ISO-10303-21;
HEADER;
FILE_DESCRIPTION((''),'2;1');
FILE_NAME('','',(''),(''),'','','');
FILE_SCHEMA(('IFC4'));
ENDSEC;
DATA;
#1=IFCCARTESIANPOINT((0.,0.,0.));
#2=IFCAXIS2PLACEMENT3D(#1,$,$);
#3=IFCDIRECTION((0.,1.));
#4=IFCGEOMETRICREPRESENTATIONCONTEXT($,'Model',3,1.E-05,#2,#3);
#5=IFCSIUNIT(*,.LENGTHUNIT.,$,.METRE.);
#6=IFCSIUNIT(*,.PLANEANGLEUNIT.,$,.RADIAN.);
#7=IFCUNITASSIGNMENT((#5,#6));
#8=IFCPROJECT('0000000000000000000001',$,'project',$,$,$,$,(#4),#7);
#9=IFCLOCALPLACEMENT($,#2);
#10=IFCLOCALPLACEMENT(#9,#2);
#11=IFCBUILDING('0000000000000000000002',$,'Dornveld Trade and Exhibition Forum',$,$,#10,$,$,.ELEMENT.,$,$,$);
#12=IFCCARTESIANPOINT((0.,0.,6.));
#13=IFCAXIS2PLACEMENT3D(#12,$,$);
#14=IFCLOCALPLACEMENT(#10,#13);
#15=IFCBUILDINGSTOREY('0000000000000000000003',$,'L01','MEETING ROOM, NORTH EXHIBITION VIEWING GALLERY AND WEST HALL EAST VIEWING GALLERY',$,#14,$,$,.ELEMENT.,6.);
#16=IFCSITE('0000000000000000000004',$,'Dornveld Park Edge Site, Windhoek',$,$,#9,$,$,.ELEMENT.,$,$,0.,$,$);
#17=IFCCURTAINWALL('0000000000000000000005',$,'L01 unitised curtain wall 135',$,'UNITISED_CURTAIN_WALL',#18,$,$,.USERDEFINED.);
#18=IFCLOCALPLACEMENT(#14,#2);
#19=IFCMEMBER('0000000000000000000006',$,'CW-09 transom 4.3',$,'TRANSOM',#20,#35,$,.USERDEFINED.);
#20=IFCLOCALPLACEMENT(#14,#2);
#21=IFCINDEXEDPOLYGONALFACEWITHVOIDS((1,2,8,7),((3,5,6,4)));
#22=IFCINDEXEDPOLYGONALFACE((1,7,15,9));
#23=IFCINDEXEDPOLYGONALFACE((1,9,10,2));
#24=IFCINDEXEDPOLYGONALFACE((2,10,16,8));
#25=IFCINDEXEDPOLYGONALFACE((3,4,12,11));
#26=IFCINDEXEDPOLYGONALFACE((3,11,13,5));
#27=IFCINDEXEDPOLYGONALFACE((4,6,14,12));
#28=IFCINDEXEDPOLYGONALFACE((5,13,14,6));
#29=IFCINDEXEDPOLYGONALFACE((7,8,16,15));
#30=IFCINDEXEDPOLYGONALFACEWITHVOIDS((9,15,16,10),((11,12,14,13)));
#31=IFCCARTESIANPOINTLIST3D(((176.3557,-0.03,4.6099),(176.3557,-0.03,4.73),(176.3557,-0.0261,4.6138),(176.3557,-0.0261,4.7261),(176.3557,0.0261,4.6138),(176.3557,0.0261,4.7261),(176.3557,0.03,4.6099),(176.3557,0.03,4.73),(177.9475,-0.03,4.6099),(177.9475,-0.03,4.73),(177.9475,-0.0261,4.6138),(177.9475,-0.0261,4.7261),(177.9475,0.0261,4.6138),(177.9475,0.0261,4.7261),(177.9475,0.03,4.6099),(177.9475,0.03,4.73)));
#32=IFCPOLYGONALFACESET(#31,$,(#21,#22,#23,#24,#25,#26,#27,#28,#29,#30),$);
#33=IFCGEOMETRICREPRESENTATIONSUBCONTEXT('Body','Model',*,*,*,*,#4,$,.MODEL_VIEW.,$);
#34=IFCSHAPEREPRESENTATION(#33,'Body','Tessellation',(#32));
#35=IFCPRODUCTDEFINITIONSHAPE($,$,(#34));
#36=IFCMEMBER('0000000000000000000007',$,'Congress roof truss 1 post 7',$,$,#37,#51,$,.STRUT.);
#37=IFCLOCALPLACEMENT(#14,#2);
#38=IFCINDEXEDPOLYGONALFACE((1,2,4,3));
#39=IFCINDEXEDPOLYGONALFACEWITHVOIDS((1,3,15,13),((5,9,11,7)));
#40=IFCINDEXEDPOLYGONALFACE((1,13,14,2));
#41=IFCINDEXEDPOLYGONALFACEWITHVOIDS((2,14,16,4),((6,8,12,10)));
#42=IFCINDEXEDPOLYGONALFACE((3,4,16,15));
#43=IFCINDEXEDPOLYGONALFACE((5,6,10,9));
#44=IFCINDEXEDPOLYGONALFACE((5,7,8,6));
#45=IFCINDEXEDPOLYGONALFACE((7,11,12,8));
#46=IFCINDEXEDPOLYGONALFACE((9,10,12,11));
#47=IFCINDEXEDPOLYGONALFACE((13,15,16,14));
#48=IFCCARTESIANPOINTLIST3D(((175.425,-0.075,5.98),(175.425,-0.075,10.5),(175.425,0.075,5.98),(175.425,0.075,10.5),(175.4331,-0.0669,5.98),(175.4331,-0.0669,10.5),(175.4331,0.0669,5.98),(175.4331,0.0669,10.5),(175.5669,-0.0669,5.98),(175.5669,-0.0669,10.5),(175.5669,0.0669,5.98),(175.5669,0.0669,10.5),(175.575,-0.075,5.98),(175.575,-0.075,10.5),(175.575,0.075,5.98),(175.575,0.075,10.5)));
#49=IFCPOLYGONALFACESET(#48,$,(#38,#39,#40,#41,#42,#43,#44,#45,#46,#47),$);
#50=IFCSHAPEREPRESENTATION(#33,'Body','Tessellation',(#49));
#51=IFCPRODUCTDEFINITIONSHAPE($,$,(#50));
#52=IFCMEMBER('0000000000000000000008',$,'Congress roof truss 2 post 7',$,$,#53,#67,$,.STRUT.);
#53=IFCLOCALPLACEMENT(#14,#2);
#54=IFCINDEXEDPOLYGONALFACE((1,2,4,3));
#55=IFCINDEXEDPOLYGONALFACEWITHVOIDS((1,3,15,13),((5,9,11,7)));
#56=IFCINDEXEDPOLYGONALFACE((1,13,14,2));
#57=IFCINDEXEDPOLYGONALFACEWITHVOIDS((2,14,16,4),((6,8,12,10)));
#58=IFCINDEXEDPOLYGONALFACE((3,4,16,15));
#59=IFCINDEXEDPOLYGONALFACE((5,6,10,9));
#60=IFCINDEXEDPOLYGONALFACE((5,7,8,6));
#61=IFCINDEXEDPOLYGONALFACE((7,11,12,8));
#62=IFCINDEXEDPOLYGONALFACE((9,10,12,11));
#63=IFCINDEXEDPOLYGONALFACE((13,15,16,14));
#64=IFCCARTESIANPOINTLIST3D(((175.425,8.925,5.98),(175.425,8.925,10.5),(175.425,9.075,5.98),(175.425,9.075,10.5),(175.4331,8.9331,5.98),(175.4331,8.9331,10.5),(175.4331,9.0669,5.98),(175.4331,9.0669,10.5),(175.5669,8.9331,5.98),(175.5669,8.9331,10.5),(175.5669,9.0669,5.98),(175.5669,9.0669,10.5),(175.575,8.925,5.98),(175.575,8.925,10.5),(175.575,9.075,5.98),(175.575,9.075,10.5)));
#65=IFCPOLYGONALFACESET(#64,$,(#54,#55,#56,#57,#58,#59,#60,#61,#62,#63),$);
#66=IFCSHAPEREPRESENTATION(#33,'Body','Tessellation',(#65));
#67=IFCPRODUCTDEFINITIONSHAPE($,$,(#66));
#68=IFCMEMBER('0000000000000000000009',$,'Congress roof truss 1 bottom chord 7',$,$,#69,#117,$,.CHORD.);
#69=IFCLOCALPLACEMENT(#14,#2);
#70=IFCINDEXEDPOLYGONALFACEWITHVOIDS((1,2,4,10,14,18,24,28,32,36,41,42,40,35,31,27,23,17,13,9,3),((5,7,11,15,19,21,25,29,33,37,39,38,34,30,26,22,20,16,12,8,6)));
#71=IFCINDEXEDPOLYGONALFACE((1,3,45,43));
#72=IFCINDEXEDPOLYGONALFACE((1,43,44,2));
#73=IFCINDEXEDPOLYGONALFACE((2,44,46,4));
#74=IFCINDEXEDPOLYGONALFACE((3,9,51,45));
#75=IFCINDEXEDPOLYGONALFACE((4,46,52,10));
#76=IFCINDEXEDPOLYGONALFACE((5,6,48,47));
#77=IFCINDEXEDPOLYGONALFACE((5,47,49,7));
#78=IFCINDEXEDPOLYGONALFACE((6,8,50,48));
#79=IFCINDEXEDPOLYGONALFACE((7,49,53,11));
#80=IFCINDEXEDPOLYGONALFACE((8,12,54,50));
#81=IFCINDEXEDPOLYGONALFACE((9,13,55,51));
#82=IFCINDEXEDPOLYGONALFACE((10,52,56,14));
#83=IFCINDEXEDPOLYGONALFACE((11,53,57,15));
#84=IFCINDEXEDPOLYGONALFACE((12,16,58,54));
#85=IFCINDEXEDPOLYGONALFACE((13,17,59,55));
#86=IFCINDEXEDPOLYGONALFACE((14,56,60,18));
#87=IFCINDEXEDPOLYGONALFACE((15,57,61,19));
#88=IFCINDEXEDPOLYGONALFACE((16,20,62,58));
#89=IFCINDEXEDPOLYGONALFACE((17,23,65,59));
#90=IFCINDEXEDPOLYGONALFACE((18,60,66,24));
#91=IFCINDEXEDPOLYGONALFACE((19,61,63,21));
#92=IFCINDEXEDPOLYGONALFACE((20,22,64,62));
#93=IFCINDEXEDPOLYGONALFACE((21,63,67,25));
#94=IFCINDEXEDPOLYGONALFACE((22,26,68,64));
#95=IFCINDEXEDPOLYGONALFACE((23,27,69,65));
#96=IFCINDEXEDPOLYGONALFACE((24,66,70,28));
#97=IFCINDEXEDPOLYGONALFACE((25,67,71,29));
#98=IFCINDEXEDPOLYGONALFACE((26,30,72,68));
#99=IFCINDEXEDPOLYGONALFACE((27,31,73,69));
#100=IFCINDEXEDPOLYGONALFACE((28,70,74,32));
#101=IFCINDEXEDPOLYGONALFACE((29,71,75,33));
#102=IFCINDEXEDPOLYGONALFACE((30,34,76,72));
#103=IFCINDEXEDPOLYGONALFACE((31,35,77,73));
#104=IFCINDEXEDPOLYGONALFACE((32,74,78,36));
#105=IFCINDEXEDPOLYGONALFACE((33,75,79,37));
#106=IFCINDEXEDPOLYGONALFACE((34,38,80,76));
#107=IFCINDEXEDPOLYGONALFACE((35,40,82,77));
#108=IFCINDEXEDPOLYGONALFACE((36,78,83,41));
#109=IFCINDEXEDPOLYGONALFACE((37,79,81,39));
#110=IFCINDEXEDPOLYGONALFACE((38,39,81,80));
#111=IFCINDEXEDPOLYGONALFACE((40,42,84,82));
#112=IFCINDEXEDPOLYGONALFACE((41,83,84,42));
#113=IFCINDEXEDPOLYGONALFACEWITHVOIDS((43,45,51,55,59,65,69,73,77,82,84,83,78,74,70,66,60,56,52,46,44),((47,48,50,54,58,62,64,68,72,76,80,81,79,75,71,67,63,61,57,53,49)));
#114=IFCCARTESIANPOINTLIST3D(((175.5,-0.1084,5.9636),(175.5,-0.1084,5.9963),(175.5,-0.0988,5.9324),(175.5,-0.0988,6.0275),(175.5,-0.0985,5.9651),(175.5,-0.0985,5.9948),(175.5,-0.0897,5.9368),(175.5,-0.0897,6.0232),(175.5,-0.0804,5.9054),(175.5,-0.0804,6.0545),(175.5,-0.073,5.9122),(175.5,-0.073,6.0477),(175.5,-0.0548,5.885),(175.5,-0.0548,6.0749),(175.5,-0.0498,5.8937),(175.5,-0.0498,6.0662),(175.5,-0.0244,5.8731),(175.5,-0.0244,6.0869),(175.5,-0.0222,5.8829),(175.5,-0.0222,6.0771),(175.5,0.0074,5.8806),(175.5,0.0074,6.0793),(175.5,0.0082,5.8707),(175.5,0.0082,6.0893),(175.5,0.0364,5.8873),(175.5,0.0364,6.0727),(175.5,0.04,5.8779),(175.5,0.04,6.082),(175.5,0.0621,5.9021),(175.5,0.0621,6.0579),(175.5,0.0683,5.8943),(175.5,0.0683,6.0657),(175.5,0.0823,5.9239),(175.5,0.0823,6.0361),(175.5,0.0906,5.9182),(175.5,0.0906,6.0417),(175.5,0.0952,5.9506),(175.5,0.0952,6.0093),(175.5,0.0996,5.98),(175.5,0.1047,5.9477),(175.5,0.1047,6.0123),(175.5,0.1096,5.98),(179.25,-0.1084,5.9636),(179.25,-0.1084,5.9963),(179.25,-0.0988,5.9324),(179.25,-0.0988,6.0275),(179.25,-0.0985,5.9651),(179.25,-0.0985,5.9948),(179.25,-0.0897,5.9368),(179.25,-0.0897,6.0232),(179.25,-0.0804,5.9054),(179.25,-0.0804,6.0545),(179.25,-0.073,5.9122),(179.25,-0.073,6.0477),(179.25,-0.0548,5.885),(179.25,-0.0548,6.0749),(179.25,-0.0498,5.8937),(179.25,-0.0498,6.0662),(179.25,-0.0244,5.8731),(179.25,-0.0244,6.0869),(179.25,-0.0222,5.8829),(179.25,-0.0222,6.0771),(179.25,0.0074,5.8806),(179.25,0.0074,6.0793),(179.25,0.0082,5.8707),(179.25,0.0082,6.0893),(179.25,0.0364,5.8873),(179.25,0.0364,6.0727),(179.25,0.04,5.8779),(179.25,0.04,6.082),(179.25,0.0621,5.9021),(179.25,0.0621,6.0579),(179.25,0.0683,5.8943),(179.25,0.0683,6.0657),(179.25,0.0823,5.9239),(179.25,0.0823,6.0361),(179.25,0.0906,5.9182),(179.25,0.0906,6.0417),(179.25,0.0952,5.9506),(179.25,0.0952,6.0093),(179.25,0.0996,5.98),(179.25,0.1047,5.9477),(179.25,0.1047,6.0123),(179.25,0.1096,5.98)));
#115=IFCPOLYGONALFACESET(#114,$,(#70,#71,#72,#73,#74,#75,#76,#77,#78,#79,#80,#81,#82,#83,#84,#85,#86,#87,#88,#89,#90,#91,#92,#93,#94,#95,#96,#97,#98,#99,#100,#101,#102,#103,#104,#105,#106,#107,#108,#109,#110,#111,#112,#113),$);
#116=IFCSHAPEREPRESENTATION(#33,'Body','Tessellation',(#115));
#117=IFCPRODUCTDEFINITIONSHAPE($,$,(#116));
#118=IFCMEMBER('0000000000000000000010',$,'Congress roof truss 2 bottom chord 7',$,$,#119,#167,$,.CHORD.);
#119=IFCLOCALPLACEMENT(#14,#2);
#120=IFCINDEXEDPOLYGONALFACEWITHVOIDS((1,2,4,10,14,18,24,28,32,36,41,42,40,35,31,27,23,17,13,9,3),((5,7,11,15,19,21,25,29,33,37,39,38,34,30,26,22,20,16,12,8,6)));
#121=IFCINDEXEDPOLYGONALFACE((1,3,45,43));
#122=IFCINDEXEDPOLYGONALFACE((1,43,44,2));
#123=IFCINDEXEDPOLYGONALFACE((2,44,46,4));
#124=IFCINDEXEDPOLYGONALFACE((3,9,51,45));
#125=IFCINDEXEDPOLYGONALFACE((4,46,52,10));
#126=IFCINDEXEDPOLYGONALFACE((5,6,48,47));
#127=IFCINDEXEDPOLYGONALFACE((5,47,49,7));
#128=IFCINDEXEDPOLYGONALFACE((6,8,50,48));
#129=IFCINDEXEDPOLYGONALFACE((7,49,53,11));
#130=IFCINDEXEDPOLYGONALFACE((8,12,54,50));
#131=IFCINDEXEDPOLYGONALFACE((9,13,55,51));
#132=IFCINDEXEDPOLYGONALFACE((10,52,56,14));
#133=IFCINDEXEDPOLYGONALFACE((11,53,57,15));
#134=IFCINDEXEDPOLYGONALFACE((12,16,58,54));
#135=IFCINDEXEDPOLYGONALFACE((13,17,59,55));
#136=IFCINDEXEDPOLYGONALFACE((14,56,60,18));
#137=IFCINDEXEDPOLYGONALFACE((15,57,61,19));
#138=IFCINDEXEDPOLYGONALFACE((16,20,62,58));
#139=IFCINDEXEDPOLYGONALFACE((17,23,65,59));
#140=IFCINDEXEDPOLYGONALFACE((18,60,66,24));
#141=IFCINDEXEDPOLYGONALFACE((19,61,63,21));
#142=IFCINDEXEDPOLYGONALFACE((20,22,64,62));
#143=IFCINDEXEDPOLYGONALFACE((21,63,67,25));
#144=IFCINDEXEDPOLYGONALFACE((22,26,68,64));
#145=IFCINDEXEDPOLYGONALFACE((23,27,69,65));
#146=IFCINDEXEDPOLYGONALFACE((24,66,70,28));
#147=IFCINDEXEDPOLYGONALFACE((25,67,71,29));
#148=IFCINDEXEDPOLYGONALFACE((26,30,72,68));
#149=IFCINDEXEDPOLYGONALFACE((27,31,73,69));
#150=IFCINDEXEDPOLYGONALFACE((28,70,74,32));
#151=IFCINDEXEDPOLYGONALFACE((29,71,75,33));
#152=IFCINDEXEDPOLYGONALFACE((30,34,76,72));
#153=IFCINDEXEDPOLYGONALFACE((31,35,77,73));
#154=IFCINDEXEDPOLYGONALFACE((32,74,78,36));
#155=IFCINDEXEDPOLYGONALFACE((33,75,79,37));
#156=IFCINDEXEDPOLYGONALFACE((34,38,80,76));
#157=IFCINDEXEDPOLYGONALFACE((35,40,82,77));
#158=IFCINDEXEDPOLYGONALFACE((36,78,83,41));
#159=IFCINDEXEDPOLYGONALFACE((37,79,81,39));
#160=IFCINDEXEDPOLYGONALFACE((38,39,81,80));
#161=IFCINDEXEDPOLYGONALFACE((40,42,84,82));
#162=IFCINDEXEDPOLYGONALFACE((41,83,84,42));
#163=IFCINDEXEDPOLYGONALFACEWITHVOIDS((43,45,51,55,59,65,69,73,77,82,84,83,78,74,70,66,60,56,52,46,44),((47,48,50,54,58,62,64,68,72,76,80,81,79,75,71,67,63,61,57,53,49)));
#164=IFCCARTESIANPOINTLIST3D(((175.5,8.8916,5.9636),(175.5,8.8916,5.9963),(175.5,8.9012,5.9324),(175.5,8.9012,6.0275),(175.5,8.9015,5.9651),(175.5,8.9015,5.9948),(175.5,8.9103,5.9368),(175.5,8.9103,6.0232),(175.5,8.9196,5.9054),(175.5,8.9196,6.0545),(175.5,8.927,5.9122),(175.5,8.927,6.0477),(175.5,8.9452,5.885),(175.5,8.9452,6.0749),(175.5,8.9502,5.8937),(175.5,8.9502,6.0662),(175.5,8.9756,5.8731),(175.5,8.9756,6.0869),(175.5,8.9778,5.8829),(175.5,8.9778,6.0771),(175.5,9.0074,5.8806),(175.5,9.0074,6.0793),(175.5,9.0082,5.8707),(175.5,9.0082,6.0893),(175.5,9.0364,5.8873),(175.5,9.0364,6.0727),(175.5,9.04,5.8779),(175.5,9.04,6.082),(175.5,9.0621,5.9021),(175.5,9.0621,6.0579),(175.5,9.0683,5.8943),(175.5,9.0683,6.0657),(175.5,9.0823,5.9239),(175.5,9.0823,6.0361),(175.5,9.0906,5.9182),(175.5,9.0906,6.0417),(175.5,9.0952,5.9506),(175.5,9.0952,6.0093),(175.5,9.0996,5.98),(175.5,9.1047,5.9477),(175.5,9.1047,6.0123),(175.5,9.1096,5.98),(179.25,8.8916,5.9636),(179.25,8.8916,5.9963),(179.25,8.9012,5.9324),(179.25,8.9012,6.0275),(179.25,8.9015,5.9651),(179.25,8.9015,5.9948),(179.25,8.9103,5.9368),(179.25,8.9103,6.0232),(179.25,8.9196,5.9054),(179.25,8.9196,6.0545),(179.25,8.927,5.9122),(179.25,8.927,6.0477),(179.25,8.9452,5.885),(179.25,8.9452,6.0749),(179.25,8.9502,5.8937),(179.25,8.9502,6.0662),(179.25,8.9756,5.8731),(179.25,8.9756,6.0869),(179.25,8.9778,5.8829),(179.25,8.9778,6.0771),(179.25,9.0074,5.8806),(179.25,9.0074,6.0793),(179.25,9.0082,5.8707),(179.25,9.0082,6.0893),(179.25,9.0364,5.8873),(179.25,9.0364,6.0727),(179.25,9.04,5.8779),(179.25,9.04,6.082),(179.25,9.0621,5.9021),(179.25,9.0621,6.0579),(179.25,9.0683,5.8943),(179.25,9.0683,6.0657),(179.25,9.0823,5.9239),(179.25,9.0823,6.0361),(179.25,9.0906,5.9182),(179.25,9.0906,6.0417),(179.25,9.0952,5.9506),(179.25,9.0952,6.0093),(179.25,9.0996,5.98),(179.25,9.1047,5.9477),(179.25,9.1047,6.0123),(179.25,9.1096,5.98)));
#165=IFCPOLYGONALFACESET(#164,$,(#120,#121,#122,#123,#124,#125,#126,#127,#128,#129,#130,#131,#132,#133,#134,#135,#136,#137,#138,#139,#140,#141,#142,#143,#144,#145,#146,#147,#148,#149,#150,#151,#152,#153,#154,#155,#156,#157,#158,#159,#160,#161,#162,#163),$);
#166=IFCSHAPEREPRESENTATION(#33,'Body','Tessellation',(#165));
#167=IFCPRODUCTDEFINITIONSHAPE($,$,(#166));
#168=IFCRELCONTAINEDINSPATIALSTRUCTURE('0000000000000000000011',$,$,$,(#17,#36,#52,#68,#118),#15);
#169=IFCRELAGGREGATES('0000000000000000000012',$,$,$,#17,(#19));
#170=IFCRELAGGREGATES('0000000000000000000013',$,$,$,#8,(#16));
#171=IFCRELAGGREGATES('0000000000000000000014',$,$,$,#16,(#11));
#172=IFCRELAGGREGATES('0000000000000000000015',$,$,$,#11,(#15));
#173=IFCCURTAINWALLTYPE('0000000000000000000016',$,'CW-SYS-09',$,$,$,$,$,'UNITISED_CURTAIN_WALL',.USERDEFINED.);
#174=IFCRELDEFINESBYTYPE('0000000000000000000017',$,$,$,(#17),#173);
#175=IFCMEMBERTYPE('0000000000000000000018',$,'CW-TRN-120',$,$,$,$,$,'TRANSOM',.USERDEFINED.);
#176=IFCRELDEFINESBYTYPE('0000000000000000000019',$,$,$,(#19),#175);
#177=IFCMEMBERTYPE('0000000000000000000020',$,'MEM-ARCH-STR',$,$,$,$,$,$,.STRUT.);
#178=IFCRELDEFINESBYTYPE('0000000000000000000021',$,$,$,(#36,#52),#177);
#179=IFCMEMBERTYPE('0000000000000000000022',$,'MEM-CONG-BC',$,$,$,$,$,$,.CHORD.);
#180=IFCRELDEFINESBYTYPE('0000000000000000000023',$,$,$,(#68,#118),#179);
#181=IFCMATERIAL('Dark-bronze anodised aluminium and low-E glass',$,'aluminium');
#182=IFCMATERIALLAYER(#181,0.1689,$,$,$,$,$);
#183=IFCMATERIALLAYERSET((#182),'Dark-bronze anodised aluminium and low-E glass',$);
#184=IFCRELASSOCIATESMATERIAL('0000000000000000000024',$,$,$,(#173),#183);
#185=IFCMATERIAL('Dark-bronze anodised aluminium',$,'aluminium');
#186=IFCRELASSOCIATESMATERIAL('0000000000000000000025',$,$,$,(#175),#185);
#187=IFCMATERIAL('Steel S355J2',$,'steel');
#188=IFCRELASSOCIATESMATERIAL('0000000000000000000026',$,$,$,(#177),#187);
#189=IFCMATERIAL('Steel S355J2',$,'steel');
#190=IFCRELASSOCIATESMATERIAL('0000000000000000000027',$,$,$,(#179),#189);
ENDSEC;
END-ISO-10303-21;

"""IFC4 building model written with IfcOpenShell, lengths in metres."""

from ifc_helpers import new_model, si_unit, direction, frame, origin, origin_2d, place, context, subcontext, project, spatial, hollow_rectangle, hollow_circle, extrude, material, layer, layer_set, material_profile, profile_set, type_object, element, aggregate, save


model = new_model("IFC4")

# Units and contexts
model_context = context("Model", 3, precision=1e-05, world=origin(), true_north=direction((0.0, 1.0)))
body_context = subcontext(model_context, "Body", "Model", "MODEL_VIEW")
ifc_project = project(units=[si_unit("LENGTHUNIT", "METRE"), si_unit("PLANEANGLEUNIT", "RADIAN")], contexts=[model_context])

# Site, building, storey
site_placement = place(None, origin())
site = spatial("IfcSite", under=ifc_project, at=site_placement, Name="Dornveld Park Edge Site, Windhoek", CompositionType="ELEMENT", RefElevation=0.0)
building_placement = place(site_placement, origin())
building = spatial("IfcBuilding", under=site, at=building_placement, Name="Dornveld Trade and Exhibition Forum", CompositionType="ELEMENT")
storey_placement = place(building_placement, frame((0.0, 0.0, 6.0)))
storey = spatial("IfcBuildingStorey", under=building, at=storey_placement, Name="L01", Description="MEETING ROOM, NORTH EXHIBITION VIEWING GALLERY AND WEST HALL EAST VIEWING GALLERY", CompositionType="ELEMENT", Elevation=6.0)

# Curtain wall, member
ifc_material_1 = material(Name="Dark-bronze anodised aluminium and low-E glass", Category="aluminium")
ifc_layer_1 = layer(ifc_material_1, 0.1689)
ifc_layer_set_1 = layer_set([ifc_layer_1], Name="Dark-bronze anodised aluminium and low-E glass")
curtain_wall_type = type_object("IfcCurtainWallType", Name="CW-SYS-09", ElementType="UNITISED_CURTAIN_WALL", PredefinedType="USERDEFINED", material=ifc_layer_set_1)
curtain_wall_placement = place(storey_placement, origin())
curtain_wall = element("IfcCurtainWall", 1, at=curtain_wall_placement, inside=storey, type_object=curtain_wall_type, Name="L01 unitised curtain wall 135", ObjectType="UNITISED_CURTAIN_WALL", PredefinedType="USERDEFINED")
ifc_material_2 = material(Name="Dark-bronze anodised aluminium", Category="aluminium")
ifc_material_profile_1 = material_profile(ifc_material_2, hollow_rectangle(XDim=0.0601, YDim=0.1201, WallThickness=0.0039, at=origin_2d()), Name="RHS 120x60x4")
ifc_profile_set_1 = profile_set([ifc_material_profile_1], Name="Dark-bronze anodised aluminium")
member_type_1 = type_object("IfcMemberType", Name="CW-TRN-120", ElementType="TRANSOM", PredefinedType="USERDEFINED", material=ifc_profile_set_1)
member_1_placement = place(storey_placement, frame((176.3557, 0.0, 4.6699), z_axis=(1.0, 0.0, 0.0), x_axis=(0.0, 1.0, 0.0)))
member_1 = element("IfcMember", 2, at=member_1_placement, type_object=member_type_1, Name="CW-09 transom 4.3", ObjectType="TRANSOM", PredefinedType="USERDEFINED", context=body_context, shape_type="SweptSolid", body=[
    extrude(hollow_rectangle(XDim=0.0601, YDim=0.1201, WallThickness=0.0039, at=origin_2d()), origin(), (0.0, 0.0, 1.0), 1.5918),
])

# Members
ifc_material_3 = material(Name="Steel S355J2", Category="steel")
ifc_material_profile_2 = material_profile(ifc_material_3, hollow_rectangle(XDim=0.1499, YDim=0.1499, WallThickness=0.0081, at=origin_2d()), Name="SHS 150x150x8")
ifc_profile_set_2 = profile_set([ifc_material_profile_2], Name="Steel S355J2")
member_type_2 = type_object("IfcMemberType", Name="MEM-ARCH-STR", PredefinedType="STRUT", material=ifc_profile_set_2)
for number, where, z_axis, x_axis, name in (
    (3, (175.5, 0.0, 5.98), (0.0, 0.0, 1.0), (1.0, 0.0, 0.0), "Congress roof truss 1 post 7"),
    (4, (175.5, 9.0, 5.98), (0.0, 0.0, 1.0), (1.0, 0.0, 0.0), "Congress roof truss 2 post 7"),
):
    element("IfcMember", number, at=place(storey_placement, frame(where, z_axis=z_axis, x_axis=x_axis)), inside=storey, type_object=member_type_2, Name=name, PredefinedType="STRUT", context=body_context, shape_type="SweptSolid", body=[
        extrude(hollow_rectangle(XDim=0.1499, YDim=0.1499, WallThickness=0.0081, at=origin_2d()), origin(), (0.0, 0.0, 1.0), 4.52),
    ])
ifc_material_4 = material(Name="Steel S355J2", Category="steel")
ifc_material_profile_3 = material_profile(ifc_material_4, hollow_circle(Radius=0.1096, WallThickness=0.01, at=origin_2d()), Name="CHS 219.1x10")
ifc_profile_set_3 = profile_set([ifc_material_profile_3], Name="Steel S355J2")
member_type_3 = type_object("IfcMemberType", Name="MEM-CONG-BC", PredefinedType="CHORD", material=ifc_profile_set_3)
for number, where, z_axis, x_axis, name in (
    (5, (175.5, 0.0, 5.98), (1.0, 0.0, 0.0), (0.0, 1.0, 0.0), "Congress roof truss 1 bottom chord 7"),
    (6, (175.5, 9.0, 5.98), (1.0, 0.0, 0.0), (0.0, 1.0, 0.0), "Congress roof truss 2 bottom chord 7"),
):
    element("IfcMember", number, at=place(storey_placement, frame(where, z_axis=z_axis, x_axis=x_axis)), inside=storey, type_object=member_type_3, Name=name, PredefinedType="CHORD", context=body_context, shape_type="SweptSolid", body=[
        extrude(hollow_circle(Radius=0.1096, WallThickness=0.01, at=origin_2d()), origin(), (0.0, 0.0, 1.0), 3.75),
    ])

aggregate(curtain_wall, [member_1])

save(model, "model.ifc")
